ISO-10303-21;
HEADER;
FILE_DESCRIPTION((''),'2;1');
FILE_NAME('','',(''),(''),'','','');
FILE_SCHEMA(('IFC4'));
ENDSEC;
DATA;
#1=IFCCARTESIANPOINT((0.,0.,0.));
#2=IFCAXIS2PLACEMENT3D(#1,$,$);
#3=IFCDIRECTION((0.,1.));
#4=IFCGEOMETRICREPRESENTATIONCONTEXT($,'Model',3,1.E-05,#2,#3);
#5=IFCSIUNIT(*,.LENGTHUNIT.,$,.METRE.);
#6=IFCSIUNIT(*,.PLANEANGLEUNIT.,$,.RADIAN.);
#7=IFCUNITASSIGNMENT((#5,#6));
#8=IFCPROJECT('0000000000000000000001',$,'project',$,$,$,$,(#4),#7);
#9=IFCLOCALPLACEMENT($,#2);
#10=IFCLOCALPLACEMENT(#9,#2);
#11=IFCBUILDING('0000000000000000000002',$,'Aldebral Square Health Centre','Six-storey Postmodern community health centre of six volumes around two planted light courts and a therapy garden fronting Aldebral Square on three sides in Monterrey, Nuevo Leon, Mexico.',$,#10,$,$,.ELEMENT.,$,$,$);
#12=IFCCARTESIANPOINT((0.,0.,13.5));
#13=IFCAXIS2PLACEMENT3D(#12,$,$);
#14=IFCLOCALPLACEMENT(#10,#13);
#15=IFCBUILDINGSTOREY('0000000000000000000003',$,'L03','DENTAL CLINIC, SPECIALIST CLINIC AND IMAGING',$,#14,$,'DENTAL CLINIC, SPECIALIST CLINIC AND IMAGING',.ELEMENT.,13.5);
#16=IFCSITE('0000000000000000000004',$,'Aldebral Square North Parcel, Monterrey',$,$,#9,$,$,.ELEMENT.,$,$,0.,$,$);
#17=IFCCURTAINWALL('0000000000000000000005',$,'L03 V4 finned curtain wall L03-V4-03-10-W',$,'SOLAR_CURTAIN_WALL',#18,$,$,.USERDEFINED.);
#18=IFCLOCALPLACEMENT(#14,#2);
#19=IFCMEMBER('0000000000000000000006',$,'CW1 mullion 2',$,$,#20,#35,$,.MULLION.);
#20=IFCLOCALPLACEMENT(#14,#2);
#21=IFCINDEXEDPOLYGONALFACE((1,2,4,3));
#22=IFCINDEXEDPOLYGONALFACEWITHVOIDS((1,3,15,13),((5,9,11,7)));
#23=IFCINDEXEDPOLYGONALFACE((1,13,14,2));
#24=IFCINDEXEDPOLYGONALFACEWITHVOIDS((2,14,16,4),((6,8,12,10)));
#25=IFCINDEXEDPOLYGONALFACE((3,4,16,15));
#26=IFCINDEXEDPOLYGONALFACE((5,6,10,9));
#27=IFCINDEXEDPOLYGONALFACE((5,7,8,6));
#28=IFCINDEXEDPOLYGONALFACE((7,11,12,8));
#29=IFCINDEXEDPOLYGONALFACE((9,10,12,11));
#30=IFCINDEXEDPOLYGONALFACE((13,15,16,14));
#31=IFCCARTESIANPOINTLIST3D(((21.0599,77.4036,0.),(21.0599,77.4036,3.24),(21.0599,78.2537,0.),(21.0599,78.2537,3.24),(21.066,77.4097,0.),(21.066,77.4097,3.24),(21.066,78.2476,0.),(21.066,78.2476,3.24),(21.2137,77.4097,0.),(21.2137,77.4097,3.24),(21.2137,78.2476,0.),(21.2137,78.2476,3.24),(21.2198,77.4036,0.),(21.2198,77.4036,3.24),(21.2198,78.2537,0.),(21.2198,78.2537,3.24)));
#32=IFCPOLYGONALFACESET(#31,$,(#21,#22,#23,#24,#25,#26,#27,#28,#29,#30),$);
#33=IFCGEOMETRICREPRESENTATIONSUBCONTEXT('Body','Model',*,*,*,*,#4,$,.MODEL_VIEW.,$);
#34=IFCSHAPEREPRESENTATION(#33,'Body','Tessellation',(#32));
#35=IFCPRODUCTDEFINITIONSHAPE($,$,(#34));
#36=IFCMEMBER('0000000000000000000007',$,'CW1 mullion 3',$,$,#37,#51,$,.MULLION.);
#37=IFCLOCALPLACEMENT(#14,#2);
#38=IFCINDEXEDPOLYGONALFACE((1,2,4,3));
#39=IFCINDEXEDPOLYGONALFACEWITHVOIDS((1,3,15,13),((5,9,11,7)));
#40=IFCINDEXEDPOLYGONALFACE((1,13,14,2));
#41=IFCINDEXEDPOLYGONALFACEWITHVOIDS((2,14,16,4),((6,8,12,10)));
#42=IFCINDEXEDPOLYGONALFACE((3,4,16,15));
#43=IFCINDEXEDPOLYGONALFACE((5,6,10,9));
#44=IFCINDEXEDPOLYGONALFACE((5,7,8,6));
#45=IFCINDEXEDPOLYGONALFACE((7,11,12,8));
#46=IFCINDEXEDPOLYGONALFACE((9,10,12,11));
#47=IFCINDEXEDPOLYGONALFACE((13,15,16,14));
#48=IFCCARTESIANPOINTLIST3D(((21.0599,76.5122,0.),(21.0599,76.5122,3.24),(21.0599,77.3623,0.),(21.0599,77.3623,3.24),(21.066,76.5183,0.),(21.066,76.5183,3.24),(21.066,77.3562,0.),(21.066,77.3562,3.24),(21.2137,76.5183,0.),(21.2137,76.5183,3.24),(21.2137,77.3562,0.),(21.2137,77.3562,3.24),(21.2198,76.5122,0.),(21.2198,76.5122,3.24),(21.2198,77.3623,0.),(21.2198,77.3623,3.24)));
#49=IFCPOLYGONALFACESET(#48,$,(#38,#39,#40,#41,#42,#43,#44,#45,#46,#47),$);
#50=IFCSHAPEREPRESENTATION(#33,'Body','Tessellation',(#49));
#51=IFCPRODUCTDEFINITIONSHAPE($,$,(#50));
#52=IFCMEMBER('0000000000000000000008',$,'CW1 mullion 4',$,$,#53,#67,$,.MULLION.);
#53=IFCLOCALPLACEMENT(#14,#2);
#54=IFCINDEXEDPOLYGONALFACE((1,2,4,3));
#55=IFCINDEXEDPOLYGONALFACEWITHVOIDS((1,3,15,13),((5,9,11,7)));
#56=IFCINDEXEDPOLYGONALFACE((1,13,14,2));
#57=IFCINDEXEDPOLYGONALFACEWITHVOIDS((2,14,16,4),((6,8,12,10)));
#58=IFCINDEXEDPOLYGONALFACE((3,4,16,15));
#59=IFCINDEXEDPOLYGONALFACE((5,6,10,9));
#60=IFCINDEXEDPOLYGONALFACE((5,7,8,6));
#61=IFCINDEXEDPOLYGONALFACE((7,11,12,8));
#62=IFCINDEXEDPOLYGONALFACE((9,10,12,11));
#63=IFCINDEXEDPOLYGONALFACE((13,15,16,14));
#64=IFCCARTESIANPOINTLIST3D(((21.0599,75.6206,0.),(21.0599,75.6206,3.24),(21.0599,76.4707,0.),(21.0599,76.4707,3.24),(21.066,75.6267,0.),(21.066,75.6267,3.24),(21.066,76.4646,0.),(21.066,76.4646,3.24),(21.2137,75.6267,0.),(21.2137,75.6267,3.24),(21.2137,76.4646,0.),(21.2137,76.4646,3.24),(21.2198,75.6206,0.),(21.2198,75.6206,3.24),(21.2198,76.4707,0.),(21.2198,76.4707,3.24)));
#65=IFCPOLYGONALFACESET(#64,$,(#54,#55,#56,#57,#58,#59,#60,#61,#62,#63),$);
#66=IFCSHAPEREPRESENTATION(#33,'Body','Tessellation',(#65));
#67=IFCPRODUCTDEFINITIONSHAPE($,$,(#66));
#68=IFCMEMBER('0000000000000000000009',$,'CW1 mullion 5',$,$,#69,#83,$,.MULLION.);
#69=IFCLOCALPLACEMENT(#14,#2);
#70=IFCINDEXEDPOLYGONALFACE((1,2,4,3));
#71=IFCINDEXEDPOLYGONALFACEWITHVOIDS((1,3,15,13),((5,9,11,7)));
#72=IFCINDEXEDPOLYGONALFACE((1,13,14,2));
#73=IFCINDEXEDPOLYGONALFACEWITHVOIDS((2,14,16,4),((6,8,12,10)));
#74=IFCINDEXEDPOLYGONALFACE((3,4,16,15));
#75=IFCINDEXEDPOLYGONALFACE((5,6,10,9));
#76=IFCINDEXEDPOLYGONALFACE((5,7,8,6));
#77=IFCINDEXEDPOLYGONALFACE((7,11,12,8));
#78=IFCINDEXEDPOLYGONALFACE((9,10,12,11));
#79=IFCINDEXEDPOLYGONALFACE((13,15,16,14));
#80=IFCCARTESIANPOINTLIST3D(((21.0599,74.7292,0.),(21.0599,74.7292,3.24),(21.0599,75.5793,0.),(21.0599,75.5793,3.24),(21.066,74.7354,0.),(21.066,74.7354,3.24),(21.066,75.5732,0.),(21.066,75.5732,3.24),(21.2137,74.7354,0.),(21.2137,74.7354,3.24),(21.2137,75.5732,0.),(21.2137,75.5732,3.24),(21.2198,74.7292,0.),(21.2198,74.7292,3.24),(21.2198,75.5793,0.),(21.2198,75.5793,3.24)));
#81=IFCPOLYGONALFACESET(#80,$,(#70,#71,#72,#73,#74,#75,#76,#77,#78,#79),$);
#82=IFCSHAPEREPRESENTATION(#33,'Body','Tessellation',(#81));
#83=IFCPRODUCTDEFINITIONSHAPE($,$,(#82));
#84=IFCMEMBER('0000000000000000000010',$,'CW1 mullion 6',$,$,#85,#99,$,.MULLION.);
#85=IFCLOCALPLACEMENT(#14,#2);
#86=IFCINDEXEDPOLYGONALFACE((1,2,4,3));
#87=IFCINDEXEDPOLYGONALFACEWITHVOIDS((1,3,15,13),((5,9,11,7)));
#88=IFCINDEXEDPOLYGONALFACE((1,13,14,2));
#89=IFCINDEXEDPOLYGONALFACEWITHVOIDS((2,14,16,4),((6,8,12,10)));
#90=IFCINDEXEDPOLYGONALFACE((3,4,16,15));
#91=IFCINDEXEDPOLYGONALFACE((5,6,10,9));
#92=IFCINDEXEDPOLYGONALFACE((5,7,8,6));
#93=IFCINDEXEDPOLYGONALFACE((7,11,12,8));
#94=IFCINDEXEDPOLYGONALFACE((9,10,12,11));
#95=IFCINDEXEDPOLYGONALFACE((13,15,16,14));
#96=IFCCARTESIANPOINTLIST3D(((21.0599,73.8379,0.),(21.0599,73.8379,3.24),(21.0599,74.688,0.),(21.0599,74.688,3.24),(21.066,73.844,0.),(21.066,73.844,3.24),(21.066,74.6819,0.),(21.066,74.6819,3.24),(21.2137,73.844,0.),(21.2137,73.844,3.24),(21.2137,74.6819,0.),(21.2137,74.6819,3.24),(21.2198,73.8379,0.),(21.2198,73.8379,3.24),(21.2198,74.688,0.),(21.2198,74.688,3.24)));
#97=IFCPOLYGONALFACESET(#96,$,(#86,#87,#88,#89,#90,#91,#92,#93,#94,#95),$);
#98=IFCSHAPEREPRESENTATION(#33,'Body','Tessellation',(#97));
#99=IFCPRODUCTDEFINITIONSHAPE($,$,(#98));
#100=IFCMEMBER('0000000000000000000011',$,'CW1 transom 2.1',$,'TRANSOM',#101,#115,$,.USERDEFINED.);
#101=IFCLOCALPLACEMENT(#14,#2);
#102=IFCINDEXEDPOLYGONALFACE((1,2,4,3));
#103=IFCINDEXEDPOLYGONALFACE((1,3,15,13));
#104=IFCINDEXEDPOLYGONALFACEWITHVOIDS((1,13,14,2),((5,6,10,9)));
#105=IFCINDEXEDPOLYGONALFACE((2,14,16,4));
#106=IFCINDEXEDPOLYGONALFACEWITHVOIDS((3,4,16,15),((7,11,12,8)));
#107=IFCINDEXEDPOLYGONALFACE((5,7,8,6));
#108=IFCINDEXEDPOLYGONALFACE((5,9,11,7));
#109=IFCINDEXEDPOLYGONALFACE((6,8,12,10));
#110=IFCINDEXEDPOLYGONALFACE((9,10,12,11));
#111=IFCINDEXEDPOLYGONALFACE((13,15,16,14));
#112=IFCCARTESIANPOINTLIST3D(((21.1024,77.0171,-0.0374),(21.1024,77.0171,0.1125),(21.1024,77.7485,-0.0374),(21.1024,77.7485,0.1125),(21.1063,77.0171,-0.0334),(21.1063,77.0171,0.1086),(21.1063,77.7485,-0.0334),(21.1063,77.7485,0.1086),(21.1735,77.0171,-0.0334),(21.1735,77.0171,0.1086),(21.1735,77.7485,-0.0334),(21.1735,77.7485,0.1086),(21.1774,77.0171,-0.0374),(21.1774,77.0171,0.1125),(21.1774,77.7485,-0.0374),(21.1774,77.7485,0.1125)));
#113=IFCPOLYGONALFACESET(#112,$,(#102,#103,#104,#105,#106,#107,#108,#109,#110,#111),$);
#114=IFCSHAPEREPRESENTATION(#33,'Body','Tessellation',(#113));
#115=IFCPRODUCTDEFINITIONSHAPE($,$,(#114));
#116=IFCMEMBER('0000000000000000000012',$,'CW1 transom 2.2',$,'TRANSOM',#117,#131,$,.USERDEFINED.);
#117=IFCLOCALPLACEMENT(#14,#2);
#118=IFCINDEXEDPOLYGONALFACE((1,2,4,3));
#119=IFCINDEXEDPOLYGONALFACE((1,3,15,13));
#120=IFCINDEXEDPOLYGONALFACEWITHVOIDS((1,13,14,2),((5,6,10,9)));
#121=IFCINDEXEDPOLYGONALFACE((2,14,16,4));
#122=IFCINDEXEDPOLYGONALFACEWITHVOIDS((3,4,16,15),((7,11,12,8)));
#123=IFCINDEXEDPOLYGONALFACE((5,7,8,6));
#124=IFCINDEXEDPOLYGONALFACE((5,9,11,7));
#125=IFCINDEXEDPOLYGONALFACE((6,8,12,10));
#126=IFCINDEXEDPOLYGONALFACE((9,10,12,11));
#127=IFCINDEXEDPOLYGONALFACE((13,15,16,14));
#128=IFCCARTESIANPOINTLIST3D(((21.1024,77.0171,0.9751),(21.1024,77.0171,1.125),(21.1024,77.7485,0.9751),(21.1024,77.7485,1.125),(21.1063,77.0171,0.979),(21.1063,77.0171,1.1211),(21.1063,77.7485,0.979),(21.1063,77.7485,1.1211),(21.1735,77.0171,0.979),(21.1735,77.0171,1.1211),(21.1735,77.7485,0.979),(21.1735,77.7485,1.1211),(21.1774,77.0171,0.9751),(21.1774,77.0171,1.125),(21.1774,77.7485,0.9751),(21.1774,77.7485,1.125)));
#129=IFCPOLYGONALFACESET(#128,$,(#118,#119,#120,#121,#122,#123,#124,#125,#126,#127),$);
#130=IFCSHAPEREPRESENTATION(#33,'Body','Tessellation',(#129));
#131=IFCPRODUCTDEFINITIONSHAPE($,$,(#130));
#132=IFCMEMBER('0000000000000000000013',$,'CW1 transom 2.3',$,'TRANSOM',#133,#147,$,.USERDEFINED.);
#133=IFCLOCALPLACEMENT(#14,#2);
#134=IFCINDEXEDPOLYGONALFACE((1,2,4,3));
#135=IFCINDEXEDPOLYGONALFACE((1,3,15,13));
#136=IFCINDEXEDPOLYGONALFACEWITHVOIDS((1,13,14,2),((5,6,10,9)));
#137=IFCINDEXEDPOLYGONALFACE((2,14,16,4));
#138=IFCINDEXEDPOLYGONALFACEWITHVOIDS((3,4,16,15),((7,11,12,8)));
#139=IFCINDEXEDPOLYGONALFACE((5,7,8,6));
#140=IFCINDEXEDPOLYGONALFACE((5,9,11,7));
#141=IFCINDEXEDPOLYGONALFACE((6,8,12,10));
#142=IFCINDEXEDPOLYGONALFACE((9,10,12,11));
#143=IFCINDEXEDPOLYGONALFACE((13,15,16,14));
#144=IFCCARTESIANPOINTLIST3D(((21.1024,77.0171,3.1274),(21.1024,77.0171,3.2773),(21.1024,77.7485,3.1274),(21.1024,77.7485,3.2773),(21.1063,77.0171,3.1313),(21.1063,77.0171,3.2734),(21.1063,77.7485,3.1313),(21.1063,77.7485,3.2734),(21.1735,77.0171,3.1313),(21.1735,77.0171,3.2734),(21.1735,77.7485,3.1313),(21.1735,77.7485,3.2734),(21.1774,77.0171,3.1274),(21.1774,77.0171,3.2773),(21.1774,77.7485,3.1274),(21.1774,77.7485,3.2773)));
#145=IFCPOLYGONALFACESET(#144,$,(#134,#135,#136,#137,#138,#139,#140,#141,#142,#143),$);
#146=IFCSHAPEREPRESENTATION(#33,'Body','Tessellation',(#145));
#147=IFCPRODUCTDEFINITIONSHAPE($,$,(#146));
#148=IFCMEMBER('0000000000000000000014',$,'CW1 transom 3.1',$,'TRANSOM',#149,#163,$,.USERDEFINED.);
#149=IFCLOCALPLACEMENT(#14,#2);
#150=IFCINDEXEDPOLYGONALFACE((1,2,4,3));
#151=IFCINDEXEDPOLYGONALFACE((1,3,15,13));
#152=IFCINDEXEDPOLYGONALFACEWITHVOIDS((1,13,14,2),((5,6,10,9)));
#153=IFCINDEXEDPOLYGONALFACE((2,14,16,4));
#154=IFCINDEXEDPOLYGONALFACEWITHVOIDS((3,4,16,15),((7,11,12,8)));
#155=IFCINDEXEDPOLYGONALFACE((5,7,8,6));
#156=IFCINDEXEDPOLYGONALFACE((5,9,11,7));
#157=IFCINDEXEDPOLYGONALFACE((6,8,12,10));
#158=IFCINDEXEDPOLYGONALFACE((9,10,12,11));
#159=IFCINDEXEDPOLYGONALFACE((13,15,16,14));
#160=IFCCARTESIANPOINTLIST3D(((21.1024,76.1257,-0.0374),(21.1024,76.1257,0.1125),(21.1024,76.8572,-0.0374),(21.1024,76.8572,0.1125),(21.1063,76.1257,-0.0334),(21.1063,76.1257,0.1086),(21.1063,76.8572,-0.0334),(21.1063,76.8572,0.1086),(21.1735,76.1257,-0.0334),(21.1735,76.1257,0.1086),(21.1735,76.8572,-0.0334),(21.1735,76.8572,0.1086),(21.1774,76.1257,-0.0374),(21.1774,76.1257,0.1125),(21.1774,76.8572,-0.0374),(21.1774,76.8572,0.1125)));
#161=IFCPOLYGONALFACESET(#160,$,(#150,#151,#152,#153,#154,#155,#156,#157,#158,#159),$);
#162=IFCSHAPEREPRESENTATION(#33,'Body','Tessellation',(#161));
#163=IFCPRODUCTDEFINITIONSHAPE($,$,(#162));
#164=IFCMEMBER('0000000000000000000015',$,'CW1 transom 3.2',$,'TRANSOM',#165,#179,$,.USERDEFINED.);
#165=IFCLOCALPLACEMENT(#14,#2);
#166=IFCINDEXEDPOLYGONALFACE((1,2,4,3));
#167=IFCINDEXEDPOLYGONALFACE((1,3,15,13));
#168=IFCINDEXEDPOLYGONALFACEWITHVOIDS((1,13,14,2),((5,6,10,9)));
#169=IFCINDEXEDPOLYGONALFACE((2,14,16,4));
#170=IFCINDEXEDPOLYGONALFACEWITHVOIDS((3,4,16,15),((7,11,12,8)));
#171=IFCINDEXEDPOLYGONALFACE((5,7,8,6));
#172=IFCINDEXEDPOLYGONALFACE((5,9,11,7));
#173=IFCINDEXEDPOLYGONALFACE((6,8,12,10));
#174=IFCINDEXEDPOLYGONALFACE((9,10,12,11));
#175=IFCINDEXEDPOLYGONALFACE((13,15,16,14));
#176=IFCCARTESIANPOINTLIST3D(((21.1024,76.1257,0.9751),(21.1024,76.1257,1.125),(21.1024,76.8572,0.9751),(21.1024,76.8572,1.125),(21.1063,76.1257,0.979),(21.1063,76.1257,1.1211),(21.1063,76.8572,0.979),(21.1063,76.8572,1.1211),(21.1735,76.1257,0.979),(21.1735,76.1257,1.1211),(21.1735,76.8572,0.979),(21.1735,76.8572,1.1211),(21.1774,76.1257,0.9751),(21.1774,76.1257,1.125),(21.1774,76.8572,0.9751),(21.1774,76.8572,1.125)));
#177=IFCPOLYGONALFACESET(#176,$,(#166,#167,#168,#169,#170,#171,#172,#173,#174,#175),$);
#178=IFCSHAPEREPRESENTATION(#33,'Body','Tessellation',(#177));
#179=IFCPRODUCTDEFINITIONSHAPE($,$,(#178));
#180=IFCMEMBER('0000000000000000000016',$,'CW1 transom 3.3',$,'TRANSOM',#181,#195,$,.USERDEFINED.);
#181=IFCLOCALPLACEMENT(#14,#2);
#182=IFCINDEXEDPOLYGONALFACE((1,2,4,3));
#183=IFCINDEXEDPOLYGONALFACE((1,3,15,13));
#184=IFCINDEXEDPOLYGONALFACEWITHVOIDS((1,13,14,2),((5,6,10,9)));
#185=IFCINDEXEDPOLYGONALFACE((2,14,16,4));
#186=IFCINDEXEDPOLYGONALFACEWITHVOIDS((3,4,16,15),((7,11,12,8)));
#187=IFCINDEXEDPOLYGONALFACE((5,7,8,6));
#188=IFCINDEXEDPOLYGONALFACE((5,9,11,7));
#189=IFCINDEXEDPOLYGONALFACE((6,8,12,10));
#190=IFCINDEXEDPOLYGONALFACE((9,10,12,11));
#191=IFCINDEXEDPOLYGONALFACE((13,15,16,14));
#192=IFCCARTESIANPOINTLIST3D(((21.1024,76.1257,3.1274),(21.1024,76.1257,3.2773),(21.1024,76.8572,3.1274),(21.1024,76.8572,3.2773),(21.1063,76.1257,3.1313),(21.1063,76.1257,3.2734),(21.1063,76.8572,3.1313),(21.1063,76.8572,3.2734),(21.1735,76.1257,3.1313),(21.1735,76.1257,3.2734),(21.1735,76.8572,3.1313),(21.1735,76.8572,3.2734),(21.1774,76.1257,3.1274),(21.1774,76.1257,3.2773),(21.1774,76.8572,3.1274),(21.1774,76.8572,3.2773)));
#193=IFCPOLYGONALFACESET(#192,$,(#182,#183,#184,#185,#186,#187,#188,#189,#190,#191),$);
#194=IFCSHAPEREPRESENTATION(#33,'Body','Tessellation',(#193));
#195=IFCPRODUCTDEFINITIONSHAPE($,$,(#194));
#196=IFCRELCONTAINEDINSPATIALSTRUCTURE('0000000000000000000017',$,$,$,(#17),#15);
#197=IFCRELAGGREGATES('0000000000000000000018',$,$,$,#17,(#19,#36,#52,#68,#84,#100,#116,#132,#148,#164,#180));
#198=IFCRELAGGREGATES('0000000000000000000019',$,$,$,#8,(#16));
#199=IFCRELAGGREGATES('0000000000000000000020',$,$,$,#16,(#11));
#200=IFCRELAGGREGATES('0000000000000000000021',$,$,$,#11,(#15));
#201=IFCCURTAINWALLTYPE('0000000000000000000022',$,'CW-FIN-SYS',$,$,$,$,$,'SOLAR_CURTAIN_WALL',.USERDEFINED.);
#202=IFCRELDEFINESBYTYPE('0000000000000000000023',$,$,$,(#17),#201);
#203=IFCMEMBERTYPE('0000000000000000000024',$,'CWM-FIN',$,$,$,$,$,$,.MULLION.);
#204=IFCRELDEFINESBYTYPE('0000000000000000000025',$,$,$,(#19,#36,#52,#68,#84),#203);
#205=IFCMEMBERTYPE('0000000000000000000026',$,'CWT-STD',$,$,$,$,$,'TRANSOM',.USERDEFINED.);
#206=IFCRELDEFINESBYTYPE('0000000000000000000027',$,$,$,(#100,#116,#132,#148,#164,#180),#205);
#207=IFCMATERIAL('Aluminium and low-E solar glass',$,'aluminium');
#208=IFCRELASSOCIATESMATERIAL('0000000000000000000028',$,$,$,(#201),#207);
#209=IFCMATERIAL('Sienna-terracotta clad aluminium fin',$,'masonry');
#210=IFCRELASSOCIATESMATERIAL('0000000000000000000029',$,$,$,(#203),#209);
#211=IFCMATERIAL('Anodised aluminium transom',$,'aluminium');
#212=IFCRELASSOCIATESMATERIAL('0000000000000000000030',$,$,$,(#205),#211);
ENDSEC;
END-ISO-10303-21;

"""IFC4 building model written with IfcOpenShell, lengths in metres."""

from ifc_helpers import new_model, si_unit, direction, frame, origin, origin_2d, place, context, subcontext, project, spatial, hollow_rectangle, extrude, material, material_profile, profile_set, type_object, element, aggregate, save


model = new_model("IFC4")

# Units and contexts
model_context = context("Model", 3, precision=1e-05, world=origin(), true_north=direction((0.0, 1.0)))
body_context = subcontext(model_context, "Body", "Model", "MODEL_VIEW")
ifc_project = project(units=[si_unit("LENGTHUNIT", "METRE"), si_unit("PLANEANGLEUNIT", "RADIAN")], contexts=[model_context])

# Site, building, storey
site_placement = place(None, origin())
site = spatial("IfcSite", under=ifc_project, at=site_placement, Name="Aldebral Square North Parcel, Monterrey", CompositionType="ELEMENT", RefElevation=0.0)
building_placement = place(site_placement, origin())
building = spatial("IfcBuilding", under=site, at=building_placement, Name="Aldebral Square Health Centre", Description="Six-storey Postmodern community health centre of six volumes around two planted light courts and a therapy garden fronting Aldebral Square on three sides in Monterrey, Nuevo Leon, Mexico.", CompositionType="ELEMENT")
storey_placement = place(building_placement, frame((0.0, 0.0, 13.5)))
storey = spatial("IfcBuildingStorey", under=building, at=storey_placement, Name="L03", Description="DENTAL CLINIC, SPECIALIST CLINIC AND IMAGING", LongName="DENTAL CLINIC, SPECIALIST CLINIC AND IMAGING", CompositionType="ELEMENT", Elevation=13.5)

# Curtain wall, members
ifc_material_1 = material(Name="Aluminium and low-E solar glass", Category="aluminium")
curtain_wall_type = type_object("IfcCurtainWallType", Name="CW-FIN-SYS", ElementType="SOLAR_CURTAIN_WALL", PredefinedType="USERDEFINED", material=ifc_material_1)
curtain_wall_placement = place(storey_placement, origin())
curtain_wall = element("IfcCurtainWall", 1, at=curtain_wall_placement, inside=storey, type_object=curtain_wall_type, Name="L03 V4 finned curtain wall L03-V4-03-10-W", ObjectType="SOLAR_CURTAIN_WALL", PredefinedType="USERDEFINED")
ifc_material_2 = material(Name="Sienna-terracotta clad aluminium fin", Category="masonry")
ifc_material_profile_1 = material_profile(ifc_material_2, hollow_rectangle(XDim=0.1599, YDim=0.8501, WallThickness=0.0061, at=origin_2d()), Name="FIN 160x850x6")
ifc_profile_set_1 = profile_set([ifc_material_profile_1], Name="Sienna-terracotta clad aluminium fin")
member_type_1 = type_object("IfcMemberType", Name="CWM-FIN", PredefinedType="MULLION", material=ifc_profile_set_1)
member_1_placement = place(storey_placement, frame((21.1399, 77.8286, 0.0), z_axis=(0.0, 0.0, 1.0), x_axis=(1.0, 0.0, 0.0)))
member_1 = element("IfcMember", 2, at=member_1_placement, type_object=member_type_1, Name="CW1 mullion 2", PredefinedType="MULLION", context=body_context, shape_type="SweptSolid", body=[
    extrude(hollow_rectangle(XDim=0.1599, YDim=0.8501, WallThickness=0.0061, at=origin_2d()), origin(), (0.0, 0.0, 1.0), 3.24),
])
member_2_placement = place(storey_placement, frame((21.1399, 76.9373, 0.0), z_axis=(0.0, 0.0, 1.0), x_axis=(1.0, 0.0, 0.0)))
member_2 = element("IfcMember", 3, at=member_2_placement, type_object=member_type_1, Name="CW1 mullion 3", PredefinedType="MULLION", context=body_context, shape_type="SweptSolid", body=[
    extrude(hollow_rectangle(XDim=0.1599, YDim=0.8501, WallThickness=0.0061, at=origin_2d()), origin(), (0.0, 0.0, 1.0), 3.24),
])
member_3_placement = place(storey_placement, frame((21.1399, 76.0457, 0.0), z_axis=(0.0, 0.0, 1.0), x_axis=(1.0, 0.0, 0.0)))
member_3 = element("IfcMember", 4, at=member_3_placement, type_object=member_type_1, Name="CW1 mullion 4", PredefinedType="MULLION", context=body_context, shape_type="SweptSolid", body=[
    extrude(hollow_rectangle(XDim=0.1599, YDim=0.8501, WallThickness=0.0061, at=origin_2d()), origin(), (0.0, 0.0, 1.0), 3.24),
])
member_4_placement = place(storey_placement, frame((21.1399, 75.1543, 0.0), z_axis=(0.0, 0.0, 1.0), x_axis=(1.0, 0.0, 0.0)))
member_4 = element("IfcMember", 5, at=member_4_placement, type_object=member_type_1, Name="CW1 mullion 5", PredefinedType="MULLION", context=body_context, shape_type="SweptSolid", body=[
    extrude(hollow_rectangle(XDim=0.1599, YDim=0.8501, WallThickness=0.0061, at=origin_2d()), origin(), (0.0, 0.0, 1.0), 3.24),
])
member_5_placement = place(storey_placement, frame((21.1399, 74.2629, 0.0), z_axis=(0.0, 0.0, 1.0), x_axis=(1.0, 0.0, 0.0)))
member_5 = element("IfcMember", 6, at=member_5_placement, type_object=member_type_1, Name="CW1 mullion 6", PredefinedType="MULLION", context=body_context, shape_type="SweptSolid", body=[
    extrude(hollow_rectangle(XDim=0.1599, YDim=0.8501, WallThickness=0.0061, at=origin_2d()), origin(), (0.0, 0.0, 1.0), 3.24),
])
ifc_material_3 = material(Name="Anodised aluminium transom", Category="aluminium")
ifc_material_profile_2 = material_profile(ifc_material_3, hollow_rectangle(XDim=0.075, YDim=0.1499, WallThickness=0.0039, at=origin_2d()), Name="CWT 75x150x4")
ifc_profile_set_2 = profile_set([ifc_material_profile_2], Name="Anodised aluminium transom")
member_type_2 = type_object("IfcMemberType", Name="CWT-STD", ElementType="TRANSOM", PredefinedType="USERDEFINED", material=ifc_profile_set_2)
member_6_placement = place(storey_placement, frame((21.1399, 77.7485, 0.0376), z_axis=(0.0, -1.0, 0.0), x_axis=(1.0, 0.0, 0.0)))
member_6 = element("IfcMember", 7, at=member_6_placement, type_object=member_type_2, Name="CW1 transom 2.1", ObjectType="TRANSOM", PredefinedType="USERDEFINED", context=body_context, shape_type="SweptSolid", body=[
    extrude(hollow_rectangle(XDim=0.075, YDim=0.1499, WallThickness=0.0039, at=origin_2d()), origin(), (0.0, 0.0, 1.0), 0.7314),
])
member_7_placement = place(storey_placement, frame((21.1399, 77.7485, 1.05), z_axis=(0.0, -1.0, 0.0), x_axis=(1.0, 0.0, 0.0)))
member_7 = element("IfcMember", 8, at=member_7_placement, type_object=member_type_2, Name="CW1 transom 2.2", ObjectType="TRANSOM", PredefinedType="USERDEFINED", context=body_context, shape_type="SweptSolid", body=[
    extrude(hollow_rectangle(XDim=0.075, YDim=0.1499, WallThickness=0.0039, at=origin_2d()), origin(), (0.0, 0.0, 1.0), 0.7314),
])
member_8_placement = place(storey_placement, frame((21.1399, 77.7485, 3.2024), z_axis=(0.0, -1.0, 0.0), x_axis=(1.0, 0.0, 0.0)))
member_8 = element("IfcMember", 9, at=member_8_placement, type_object=member_type_2, Name="CW1 transom 2.3", ObjectType="TRANSOM", PredefinedType="USERDEFINED", context=body_context, shape_type="SweptSolid", body=[
    extrude(hollow_rectangle(XDim=0.075, YDim=0.1499, WallThickness=0.0039, at=origin_2d()), origin(), (0.0, 0.0, 1.0), 0.7314),
])
member_9_placement = place(storey_placement, frame((21.1399, 76.8572, 0.0376), z_axis=(0.0, -1.0, 0.0), x_axis=(1.0, 0.0, 0.0)))
member_9 = element("IfcMember", 10, at=member_9_placement, type_object=member_type_2, Name="CW1 transom 3.1", ObjectType="TRANSOM", PredefinedType="USERDEFINED", context=body_context, shape_type="SweptSolid", body=[
    extrude(hollow_rectangle(XDim=0.075, YDim=0.1499, WallThickness=0.0039, at=origin_2d()), origin(), (0.0, 0.0, 1.0), 0.7314),
])
member_10_placement = place(storey_placement, frame((21.1399, 76.8572, 1.05), z_axis=(0.0, -1.0, 0.0), x_axis=(1.0, 0.0, 0.0)))
member_10 = element("IfcMember", 11, at=member_10_placement, type_object=member_type_2, Name="CW1 transom 3.2", ObjectType="TRANSOM", PredefinedType="USERDEFINED", context=body_context, shape_type="SweptSolid", body=[
    extrude(hollow_rectangle(XDim=0.075, YDim=0.1499, WallThickness=0.0039, at=origin_2d()), origin(), (0.0, 0.0, 1.0), 0.7314),
])
member_11_placement = place(storey_placement, frame((21.1399, 76.8572, 3.2024), z_axis=(0.0, -1.0, 0.0), x_axis=(1.0, 0.0, 0.0)))
member_11 = element("IfcMember", 12, at=member_11_placement, type_object=member_type_2, Name="CW1 transom 3.3", ObjectType="TRANSOM", PredefinedType="USERDEFINED", context=body_context, shape_type="SweptSolid", body=[
    extrude(hollow_rectangle(XDim=0.075, YDim=0.1499, WallThickness=0.0039, at=origin_2d()), origin(), (0.0, 0.0, 1.0), 0.7314),
])
aggregate(curtain_wall, [member_1, member_2, member_3, member_4, member_5, member_6, member_7, member_8, member_9, member_10, member_11])

save(model, "model.ifc")
